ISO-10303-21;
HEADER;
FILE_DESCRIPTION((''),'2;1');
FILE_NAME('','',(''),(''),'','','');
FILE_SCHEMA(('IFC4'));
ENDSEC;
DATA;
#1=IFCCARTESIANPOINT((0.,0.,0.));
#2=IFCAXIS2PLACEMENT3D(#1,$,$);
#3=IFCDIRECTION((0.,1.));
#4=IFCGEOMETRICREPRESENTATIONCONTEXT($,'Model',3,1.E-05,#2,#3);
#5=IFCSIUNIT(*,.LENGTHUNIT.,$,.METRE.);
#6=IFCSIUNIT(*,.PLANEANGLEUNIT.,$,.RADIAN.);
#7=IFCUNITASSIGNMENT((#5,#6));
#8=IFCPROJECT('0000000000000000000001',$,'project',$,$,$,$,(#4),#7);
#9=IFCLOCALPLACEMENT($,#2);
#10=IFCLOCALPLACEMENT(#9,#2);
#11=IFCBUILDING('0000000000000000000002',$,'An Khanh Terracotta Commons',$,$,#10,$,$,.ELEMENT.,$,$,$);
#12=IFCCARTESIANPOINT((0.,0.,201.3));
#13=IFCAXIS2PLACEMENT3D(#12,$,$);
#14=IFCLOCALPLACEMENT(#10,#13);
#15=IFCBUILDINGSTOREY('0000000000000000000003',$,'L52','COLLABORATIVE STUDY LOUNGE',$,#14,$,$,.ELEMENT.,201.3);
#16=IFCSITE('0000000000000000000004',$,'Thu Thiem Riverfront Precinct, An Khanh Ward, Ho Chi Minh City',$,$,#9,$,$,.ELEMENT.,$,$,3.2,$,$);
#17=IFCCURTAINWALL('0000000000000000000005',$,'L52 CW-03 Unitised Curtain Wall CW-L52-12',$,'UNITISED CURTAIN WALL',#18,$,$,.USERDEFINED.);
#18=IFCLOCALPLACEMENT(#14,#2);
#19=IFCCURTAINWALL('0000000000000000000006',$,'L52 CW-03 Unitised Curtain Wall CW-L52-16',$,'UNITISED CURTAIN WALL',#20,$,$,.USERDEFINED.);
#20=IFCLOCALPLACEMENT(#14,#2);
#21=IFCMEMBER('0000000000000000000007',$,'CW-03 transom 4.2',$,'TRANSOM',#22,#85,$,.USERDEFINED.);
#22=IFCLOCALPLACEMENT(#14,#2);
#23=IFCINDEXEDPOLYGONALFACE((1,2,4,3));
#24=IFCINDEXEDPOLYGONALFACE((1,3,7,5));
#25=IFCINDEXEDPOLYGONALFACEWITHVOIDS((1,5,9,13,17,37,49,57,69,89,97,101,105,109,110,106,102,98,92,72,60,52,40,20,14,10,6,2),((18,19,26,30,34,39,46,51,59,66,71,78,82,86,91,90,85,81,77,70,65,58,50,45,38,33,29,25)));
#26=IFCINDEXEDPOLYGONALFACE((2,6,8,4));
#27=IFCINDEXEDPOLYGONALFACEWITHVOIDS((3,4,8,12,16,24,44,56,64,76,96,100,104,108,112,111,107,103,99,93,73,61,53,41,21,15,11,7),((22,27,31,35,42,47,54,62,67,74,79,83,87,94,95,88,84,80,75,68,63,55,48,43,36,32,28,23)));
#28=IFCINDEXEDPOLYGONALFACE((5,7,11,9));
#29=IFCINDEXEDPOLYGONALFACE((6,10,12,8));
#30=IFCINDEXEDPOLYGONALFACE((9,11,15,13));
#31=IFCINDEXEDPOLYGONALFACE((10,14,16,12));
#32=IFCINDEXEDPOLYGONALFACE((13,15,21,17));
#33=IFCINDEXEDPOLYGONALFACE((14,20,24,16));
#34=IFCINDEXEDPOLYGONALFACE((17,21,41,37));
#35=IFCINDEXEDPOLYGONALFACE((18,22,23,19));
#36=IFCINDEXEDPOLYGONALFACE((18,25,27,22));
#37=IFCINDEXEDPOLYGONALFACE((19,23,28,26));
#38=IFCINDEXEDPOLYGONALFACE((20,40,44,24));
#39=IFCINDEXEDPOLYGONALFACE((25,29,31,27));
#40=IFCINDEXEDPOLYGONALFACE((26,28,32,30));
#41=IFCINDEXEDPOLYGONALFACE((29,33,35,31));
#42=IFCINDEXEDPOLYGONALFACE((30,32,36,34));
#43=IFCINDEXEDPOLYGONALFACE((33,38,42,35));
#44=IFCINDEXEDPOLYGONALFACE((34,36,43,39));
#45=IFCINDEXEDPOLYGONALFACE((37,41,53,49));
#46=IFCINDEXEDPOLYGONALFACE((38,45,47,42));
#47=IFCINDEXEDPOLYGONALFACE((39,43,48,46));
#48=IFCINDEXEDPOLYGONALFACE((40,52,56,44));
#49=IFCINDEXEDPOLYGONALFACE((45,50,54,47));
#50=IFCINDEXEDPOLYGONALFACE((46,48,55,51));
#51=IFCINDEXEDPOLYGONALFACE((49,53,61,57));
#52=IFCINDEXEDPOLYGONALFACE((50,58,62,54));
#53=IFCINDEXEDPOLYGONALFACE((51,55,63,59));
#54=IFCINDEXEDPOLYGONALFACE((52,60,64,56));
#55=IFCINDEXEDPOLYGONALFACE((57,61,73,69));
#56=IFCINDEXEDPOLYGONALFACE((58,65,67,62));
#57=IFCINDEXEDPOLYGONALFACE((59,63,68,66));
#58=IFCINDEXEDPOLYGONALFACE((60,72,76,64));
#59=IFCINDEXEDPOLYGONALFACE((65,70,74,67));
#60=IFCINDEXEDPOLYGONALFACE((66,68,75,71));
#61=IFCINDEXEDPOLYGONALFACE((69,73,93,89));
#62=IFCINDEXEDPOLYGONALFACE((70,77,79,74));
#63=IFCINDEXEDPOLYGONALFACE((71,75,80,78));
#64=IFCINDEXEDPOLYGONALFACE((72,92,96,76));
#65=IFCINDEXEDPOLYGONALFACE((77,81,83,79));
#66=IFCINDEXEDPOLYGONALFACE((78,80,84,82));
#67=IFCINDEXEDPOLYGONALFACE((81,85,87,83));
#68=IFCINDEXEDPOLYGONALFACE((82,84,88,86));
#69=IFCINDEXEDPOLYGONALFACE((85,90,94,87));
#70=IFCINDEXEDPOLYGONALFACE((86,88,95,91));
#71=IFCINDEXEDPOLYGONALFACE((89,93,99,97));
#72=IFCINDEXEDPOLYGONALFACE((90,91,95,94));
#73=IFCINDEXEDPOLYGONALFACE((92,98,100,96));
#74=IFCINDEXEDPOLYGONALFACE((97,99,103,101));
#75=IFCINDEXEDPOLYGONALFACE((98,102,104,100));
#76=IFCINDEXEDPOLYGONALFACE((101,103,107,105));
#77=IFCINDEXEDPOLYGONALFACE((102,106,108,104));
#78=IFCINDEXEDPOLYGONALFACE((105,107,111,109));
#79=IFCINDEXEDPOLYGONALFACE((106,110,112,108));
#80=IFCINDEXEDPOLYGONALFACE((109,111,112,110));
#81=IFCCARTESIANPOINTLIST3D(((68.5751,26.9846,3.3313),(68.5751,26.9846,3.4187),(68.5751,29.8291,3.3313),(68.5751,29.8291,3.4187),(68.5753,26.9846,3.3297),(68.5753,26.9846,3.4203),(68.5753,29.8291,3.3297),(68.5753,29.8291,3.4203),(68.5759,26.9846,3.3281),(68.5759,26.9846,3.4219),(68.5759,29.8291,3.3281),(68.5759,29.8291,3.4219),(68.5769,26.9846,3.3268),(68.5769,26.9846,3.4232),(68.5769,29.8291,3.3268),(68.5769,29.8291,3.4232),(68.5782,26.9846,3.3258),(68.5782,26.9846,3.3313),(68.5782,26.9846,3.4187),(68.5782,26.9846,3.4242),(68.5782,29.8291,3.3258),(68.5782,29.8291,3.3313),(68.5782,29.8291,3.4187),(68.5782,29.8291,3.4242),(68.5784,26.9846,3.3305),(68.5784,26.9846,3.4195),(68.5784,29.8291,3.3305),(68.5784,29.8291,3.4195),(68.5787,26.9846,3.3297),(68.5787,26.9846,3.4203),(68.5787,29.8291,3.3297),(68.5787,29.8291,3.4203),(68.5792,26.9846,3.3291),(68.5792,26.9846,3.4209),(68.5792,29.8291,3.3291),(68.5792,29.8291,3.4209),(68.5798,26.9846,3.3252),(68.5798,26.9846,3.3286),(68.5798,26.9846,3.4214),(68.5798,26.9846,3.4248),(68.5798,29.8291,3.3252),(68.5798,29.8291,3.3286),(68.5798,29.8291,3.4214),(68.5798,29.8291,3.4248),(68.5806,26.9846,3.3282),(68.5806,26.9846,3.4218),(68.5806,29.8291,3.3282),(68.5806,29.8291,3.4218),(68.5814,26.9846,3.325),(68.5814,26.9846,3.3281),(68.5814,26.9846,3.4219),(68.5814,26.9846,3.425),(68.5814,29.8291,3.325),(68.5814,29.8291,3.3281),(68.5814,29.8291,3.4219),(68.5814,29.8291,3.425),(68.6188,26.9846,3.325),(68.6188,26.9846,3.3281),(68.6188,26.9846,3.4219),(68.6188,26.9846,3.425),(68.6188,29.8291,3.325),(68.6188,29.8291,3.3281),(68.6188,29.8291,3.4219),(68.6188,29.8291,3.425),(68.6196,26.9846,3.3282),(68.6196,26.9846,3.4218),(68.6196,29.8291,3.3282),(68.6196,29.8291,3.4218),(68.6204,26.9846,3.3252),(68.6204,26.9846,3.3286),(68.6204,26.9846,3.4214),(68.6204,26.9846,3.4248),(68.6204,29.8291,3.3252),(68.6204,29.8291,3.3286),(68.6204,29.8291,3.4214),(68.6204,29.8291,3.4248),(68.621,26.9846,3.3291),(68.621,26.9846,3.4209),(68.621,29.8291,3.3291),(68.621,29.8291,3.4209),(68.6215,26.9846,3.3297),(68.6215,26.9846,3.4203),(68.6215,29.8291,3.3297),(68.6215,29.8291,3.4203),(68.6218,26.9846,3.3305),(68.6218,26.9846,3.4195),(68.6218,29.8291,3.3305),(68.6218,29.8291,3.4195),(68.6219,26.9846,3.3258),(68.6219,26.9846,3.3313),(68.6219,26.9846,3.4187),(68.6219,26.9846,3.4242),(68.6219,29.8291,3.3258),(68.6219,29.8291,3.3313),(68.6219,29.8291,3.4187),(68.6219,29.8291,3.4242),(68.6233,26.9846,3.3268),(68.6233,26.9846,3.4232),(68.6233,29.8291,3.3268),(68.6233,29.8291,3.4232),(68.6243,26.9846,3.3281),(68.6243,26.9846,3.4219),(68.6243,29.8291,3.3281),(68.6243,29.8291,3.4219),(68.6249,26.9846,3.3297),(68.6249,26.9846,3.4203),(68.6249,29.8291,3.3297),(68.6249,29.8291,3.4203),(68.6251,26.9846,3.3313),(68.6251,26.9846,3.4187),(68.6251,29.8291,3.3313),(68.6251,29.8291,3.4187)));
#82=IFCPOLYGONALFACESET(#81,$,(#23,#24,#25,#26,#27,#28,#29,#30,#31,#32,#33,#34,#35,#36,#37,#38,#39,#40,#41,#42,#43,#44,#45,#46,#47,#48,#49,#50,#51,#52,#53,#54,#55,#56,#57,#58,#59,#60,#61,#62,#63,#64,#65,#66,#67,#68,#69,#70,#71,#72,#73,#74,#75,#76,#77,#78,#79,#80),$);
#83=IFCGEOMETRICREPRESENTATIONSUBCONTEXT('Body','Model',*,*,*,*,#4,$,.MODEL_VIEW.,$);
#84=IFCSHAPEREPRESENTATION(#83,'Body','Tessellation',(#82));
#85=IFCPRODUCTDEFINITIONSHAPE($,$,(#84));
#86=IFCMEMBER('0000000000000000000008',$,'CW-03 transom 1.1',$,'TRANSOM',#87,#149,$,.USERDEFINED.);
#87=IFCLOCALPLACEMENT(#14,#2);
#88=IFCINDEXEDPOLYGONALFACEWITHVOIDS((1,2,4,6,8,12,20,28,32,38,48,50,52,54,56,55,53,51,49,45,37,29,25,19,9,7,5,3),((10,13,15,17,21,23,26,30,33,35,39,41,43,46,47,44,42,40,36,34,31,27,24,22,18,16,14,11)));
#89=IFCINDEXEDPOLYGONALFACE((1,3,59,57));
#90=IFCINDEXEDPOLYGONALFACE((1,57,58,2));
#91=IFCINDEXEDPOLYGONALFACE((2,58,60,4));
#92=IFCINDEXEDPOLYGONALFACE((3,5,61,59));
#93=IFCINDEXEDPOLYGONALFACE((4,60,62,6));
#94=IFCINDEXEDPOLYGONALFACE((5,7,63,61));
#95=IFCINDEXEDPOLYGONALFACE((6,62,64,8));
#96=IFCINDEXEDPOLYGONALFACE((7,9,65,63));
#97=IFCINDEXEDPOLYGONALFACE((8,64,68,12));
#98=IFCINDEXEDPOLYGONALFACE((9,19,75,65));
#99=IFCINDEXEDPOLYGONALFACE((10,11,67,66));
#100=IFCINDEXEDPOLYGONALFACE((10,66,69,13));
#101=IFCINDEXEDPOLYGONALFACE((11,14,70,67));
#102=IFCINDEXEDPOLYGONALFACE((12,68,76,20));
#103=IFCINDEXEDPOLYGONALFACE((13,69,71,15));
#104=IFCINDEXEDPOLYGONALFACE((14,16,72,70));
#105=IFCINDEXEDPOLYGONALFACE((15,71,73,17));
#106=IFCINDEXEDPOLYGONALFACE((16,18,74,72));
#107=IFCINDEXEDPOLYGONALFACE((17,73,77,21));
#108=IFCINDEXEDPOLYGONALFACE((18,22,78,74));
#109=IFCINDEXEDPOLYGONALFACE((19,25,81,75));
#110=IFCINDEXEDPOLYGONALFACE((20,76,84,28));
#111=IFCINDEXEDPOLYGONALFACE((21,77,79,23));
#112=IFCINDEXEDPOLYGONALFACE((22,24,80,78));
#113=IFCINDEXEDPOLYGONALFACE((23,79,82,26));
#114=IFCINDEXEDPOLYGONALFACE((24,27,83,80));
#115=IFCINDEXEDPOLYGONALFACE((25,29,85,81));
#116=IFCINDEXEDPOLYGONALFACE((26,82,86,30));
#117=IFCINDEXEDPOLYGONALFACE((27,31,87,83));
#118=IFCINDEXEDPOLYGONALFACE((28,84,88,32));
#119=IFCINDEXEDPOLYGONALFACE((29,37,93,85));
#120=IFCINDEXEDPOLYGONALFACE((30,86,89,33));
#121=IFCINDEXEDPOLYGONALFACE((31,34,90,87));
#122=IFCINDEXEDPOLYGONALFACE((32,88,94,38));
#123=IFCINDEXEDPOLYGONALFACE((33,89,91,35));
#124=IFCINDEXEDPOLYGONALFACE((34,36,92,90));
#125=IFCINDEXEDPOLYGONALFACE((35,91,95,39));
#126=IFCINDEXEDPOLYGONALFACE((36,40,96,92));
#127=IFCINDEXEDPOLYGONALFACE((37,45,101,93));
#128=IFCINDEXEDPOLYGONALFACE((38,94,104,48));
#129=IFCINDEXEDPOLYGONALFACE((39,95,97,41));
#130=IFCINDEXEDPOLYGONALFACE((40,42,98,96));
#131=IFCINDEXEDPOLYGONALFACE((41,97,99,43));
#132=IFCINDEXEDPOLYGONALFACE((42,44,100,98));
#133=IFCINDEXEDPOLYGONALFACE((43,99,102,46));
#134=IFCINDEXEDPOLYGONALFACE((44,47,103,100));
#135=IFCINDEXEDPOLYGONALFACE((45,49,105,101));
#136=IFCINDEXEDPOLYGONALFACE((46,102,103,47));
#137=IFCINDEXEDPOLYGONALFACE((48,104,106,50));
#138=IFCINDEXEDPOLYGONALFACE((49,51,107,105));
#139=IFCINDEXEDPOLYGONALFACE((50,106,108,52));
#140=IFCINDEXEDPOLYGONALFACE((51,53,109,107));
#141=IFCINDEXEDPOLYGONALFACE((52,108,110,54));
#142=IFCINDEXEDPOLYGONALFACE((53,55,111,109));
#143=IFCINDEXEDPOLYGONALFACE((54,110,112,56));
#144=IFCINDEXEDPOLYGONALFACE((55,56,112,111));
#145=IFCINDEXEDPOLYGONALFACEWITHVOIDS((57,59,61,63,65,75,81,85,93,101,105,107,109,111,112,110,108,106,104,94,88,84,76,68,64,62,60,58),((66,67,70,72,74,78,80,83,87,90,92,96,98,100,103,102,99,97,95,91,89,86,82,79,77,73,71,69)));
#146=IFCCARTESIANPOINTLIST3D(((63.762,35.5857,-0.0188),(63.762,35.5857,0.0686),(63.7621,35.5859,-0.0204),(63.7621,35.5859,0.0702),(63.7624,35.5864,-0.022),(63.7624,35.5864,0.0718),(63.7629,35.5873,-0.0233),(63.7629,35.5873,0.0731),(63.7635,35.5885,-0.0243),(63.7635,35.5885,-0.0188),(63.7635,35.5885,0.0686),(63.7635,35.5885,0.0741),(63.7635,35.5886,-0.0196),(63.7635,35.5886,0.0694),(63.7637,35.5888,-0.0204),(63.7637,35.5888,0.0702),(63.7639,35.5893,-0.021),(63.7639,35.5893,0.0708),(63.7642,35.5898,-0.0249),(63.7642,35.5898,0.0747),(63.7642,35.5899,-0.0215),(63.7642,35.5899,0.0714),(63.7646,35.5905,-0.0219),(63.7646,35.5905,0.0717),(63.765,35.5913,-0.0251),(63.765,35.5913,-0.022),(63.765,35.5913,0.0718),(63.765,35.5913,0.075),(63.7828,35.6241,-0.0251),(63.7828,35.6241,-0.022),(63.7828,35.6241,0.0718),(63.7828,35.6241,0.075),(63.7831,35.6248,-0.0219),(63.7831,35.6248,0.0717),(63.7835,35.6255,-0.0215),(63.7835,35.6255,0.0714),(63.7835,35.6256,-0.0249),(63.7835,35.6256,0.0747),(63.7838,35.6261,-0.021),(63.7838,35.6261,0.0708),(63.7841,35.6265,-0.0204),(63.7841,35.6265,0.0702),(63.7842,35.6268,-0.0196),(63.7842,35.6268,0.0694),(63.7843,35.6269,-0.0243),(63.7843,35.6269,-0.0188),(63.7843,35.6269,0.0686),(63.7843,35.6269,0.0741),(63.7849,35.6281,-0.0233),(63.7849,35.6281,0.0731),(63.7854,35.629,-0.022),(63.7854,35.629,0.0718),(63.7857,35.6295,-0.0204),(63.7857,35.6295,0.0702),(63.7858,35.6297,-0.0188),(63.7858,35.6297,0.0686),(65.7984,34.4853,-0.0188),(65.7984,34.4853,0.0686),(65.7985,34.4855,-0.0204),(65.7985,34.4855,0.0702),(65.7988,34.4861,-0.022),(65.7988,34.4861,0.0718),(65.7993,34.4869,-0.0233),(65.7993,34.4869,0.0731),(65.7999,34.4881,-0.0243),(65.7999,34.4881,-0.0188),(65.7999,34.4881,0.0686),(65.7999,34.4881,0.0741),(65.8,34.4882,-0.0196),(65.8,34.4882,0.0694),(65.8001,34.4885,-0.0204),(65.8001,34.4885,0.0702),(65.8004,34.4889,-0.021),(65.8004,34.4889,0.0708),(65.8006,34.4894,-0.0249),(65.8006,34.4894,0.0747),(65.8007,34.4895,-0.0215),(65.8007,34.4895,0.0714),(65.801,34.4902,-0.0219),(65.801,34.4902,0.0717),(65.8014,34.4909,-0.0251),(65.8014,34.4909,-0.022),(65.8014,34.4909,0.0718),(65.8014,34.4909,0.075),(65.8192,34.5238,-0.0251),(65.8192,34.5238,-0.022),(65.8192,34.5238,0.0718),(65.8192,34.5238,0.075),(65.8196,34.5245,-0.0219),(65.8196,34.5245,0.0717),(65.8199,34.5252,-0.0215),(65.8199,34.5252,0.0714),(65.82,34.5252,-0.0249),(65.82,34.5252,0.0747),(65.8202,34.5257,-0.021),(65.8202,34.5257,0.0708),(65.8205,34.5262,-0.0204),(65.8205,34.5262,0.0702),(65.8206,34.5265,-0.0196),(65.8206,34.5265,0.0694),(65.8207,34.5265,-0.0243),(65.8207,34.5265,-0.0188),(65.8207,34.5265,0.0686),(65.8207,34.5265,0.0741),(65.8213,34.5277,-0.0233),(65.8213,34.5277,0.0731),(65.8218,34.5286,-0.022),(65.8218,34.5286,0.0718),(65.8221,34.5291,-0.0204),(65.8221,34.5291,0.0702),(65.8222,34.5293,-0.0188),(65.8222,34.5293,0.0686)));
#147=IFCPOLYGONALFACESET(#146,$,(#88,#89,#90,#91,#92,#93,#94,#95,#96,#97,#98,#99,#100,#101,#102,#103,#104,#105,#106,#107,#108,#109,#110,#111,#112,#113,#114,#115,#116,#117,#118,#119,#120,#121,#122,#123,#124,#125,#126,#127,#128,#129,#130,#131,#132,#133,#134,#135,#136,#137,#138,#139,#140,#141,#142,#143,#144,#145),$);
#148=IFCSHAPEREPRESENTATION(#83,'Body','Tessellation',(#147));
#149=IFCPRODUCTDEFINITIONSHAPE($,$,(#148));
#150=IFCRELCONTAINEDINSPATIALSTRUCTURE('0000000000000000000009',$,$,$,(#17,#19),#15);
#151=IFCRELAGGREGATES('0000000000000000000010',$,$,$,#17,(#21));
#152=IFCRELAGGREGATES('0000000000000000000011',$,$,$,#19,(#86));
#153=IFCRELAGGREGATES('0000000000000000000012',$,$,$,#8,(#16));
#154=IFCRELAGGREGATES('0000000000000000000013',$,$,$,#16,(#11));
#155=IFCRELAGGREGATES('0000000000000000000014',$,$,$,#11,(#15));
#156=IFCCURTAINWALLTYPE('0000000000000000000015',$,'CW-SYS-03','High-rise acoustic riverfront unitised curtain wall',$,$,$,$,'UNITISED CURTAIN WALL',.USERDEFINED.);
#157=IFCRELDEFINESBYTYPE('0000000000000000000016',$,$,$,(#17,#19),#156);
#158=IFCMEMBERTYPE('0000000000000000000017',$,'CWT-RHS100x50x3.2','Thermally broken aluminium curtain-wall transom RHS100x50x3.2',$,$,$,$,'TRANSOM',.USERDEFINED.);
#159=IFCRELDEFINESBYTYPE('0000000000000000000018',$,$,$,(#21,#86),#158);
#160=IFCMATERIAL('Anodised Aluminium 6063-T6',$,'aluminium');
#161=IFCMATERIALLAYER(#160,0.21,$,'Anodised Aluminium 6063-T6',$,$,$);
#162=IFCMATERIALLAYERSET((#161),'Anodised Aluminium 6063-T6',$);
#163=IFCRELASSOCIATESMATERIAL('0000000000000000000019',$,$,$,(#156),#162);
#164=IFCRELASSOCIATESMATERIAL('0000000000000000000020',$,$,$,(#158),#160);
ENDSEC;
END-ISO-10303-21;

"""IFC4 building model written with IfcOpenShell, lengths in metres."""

from ifc_helpers import new_model, si_unit, direction, frame, origin, origin_2d, place, context, subcontext, project, spatial, hollow_rectangle, extrude, material, layer, layer_set, material_profile, profile_set, type_object, element, aggregate, save


model = new_model("IFC4")

# Units and contexts
model_context = context("Model", 3, precision=1e-05, world=origin(), true_north=direction((0.0, 1.0)))
body_context = subcontext(model_context, "Body", "Model", "MODEL_VIEW")
ifc_project = project(units=[si_unit("LENGTHUNIT", "METRE"), si_unit("PLANEANGLEUNIT", "RADIAN")], contexts=[model_context])

# Site, building, storey
site_placement = place(None, origin())
site = spatial("IfcSite", under=ifc_project, at=site_placement, Name="Thu Thiem Riverfront Precinct, An Khanh Ward, Ho Chi Minh City", CompositionType="ELEMENT", RefElevation=3.2)
building_placement = place(site_placement, origin())
building = spatial("IfcBuilding", under=site, at=building_placement, Name="An Khanh Terracotta Commons", CompositionType="ELEMENT")
storey_placement = place(building_placement, frame((0.0, 0.0, 201.3)))
storey = spatial("IfcBuildingStorey", under=building, at=storey_placement, Name="L52", Description="COLLABORATIVE STUDY LOUNGE", CompositionType="ELEMENT", Elevation=201.3)

# Curtain walls
ifc_material_1 = material(Name="Anodised Aluminium 6063-T6", Category="aluminium")
ifc_layer_1 = layer(ifc_material_1, 0.21, Name="Anodised Aluminium 6063-T6")
ifc_layer_set_1 = layer_set([ifc_layer_1], Name="Anodised Aluminium 6063-T6")
curtain_wall_type = type_object("IfcCurtainWallType", Name="CW-SYS-03", Description="High-rise acoustic riverfront unitised curtain wall", ElementType="UNITISED CURTAIN WALL", PredefinedType="USERDEFINED", material=ifc_layer_set_1)
curtain_wall_1_placement = place(storey_placement, origin())
curtain_wall_1 = element("IfcCurtainWall", 1, at=curtain_wall_1_placement, inside=storey, type_object=curtain_wall_type, Name="L52 CW-03 Unitised Curtain Wall CW-L52-12", ObjectType="UNITISED CURTAIN WALL", PredefinedType="USERDEFINED")
curtain_wall_2_placement = place(storey_placement, origin())
curtain_wall_2 = element("IfcCurtainWall", 2, at=curtain_wall_2_placement, inside=storey, type_object=curtain_wall_type, Name="L52 CW-03 Unitised Curtain Wall CW-L52-16", ObjectType="UNITISED CURTAIN WALL", PredefinedType="USERDEFINED")

# Members
ifc_material_profile_1 = material_profile(ifc_material_1, hollow_rectangle(XDim=0.05, YDim=0.1001, WallThickness=0.0032, InnerFilletRadius=0.0032, OuterFilletRadius=0.0063, at=origin_2d()), Name="RHS100x50x3.2")
ifc_profile_set_1 = profile_set([ifc_material_profile_1], Name="Anodised Aluminium 6063-T6")
member_type_1 = type_object("IfcMemberType", Name="CWT-RHS100x50x3.2", Description="Thermally broken aluminium curtain-wall transom RHS100x50x3.2", ElementType="TRANSOM", PredefinedType="USERDEFINED", material=ifc_profile_set_1)
member_1_placement = place(storey_placement, frame((68.6001, 26.9846, 3.375), z_axis=(0.0, 1.0, 0.0), x_axis=(-1.0, 0.0, 0.0)))
member_1 = element("IfcMember", 3, at=member_1_placement, type_object=member_type_1, Name="CW-03 transom 4.2", ObjectType="TRANSOM", PredefinedType="USERDEFINED", context=body_context, shape_type="SweptSolid", body=[
    extrude(hollow_rectangle(XDim=0.05, YDim=0.1001, WallThickness=0.0032, InnerFilletRadius=0.0032, OuterFilletRadius=0.0063, at=origin_2d()), origin(), (0.0, 0.0, 1.0), 2.8445),
])
member_2_placement = place(storey_placement, frame((65.8103, 34.5073, 0.0249), z_axis=(-0.879779, 0.475382, 0.0), x_axis=(-0.475382, -0.879779, 0.0)))
member_2 = element("IfcMember", 4, at=member_2_placement, type_object=member_type_1, Name="CW-03 transom 1.1", ObjectType="TRANSOM", PredefinedType="USERDEFINED", context=body_context, shape_type="SweptSolid", body=[
    extrude(hollow_rectangle(XDim=0.05, YDim=0.1001, WallThickness=0.0032, InnerFilletRadius=0.0032, OuterFilletRadius=0.0063, at=origin_2d()), origin(), (0.0, 0.0, 1.0), 2.3147),
])

aggregate(curtain_wall_1, [member_1])
aggregate(curtain_wall_2, [member_2])

save(model, "model.ifc")
